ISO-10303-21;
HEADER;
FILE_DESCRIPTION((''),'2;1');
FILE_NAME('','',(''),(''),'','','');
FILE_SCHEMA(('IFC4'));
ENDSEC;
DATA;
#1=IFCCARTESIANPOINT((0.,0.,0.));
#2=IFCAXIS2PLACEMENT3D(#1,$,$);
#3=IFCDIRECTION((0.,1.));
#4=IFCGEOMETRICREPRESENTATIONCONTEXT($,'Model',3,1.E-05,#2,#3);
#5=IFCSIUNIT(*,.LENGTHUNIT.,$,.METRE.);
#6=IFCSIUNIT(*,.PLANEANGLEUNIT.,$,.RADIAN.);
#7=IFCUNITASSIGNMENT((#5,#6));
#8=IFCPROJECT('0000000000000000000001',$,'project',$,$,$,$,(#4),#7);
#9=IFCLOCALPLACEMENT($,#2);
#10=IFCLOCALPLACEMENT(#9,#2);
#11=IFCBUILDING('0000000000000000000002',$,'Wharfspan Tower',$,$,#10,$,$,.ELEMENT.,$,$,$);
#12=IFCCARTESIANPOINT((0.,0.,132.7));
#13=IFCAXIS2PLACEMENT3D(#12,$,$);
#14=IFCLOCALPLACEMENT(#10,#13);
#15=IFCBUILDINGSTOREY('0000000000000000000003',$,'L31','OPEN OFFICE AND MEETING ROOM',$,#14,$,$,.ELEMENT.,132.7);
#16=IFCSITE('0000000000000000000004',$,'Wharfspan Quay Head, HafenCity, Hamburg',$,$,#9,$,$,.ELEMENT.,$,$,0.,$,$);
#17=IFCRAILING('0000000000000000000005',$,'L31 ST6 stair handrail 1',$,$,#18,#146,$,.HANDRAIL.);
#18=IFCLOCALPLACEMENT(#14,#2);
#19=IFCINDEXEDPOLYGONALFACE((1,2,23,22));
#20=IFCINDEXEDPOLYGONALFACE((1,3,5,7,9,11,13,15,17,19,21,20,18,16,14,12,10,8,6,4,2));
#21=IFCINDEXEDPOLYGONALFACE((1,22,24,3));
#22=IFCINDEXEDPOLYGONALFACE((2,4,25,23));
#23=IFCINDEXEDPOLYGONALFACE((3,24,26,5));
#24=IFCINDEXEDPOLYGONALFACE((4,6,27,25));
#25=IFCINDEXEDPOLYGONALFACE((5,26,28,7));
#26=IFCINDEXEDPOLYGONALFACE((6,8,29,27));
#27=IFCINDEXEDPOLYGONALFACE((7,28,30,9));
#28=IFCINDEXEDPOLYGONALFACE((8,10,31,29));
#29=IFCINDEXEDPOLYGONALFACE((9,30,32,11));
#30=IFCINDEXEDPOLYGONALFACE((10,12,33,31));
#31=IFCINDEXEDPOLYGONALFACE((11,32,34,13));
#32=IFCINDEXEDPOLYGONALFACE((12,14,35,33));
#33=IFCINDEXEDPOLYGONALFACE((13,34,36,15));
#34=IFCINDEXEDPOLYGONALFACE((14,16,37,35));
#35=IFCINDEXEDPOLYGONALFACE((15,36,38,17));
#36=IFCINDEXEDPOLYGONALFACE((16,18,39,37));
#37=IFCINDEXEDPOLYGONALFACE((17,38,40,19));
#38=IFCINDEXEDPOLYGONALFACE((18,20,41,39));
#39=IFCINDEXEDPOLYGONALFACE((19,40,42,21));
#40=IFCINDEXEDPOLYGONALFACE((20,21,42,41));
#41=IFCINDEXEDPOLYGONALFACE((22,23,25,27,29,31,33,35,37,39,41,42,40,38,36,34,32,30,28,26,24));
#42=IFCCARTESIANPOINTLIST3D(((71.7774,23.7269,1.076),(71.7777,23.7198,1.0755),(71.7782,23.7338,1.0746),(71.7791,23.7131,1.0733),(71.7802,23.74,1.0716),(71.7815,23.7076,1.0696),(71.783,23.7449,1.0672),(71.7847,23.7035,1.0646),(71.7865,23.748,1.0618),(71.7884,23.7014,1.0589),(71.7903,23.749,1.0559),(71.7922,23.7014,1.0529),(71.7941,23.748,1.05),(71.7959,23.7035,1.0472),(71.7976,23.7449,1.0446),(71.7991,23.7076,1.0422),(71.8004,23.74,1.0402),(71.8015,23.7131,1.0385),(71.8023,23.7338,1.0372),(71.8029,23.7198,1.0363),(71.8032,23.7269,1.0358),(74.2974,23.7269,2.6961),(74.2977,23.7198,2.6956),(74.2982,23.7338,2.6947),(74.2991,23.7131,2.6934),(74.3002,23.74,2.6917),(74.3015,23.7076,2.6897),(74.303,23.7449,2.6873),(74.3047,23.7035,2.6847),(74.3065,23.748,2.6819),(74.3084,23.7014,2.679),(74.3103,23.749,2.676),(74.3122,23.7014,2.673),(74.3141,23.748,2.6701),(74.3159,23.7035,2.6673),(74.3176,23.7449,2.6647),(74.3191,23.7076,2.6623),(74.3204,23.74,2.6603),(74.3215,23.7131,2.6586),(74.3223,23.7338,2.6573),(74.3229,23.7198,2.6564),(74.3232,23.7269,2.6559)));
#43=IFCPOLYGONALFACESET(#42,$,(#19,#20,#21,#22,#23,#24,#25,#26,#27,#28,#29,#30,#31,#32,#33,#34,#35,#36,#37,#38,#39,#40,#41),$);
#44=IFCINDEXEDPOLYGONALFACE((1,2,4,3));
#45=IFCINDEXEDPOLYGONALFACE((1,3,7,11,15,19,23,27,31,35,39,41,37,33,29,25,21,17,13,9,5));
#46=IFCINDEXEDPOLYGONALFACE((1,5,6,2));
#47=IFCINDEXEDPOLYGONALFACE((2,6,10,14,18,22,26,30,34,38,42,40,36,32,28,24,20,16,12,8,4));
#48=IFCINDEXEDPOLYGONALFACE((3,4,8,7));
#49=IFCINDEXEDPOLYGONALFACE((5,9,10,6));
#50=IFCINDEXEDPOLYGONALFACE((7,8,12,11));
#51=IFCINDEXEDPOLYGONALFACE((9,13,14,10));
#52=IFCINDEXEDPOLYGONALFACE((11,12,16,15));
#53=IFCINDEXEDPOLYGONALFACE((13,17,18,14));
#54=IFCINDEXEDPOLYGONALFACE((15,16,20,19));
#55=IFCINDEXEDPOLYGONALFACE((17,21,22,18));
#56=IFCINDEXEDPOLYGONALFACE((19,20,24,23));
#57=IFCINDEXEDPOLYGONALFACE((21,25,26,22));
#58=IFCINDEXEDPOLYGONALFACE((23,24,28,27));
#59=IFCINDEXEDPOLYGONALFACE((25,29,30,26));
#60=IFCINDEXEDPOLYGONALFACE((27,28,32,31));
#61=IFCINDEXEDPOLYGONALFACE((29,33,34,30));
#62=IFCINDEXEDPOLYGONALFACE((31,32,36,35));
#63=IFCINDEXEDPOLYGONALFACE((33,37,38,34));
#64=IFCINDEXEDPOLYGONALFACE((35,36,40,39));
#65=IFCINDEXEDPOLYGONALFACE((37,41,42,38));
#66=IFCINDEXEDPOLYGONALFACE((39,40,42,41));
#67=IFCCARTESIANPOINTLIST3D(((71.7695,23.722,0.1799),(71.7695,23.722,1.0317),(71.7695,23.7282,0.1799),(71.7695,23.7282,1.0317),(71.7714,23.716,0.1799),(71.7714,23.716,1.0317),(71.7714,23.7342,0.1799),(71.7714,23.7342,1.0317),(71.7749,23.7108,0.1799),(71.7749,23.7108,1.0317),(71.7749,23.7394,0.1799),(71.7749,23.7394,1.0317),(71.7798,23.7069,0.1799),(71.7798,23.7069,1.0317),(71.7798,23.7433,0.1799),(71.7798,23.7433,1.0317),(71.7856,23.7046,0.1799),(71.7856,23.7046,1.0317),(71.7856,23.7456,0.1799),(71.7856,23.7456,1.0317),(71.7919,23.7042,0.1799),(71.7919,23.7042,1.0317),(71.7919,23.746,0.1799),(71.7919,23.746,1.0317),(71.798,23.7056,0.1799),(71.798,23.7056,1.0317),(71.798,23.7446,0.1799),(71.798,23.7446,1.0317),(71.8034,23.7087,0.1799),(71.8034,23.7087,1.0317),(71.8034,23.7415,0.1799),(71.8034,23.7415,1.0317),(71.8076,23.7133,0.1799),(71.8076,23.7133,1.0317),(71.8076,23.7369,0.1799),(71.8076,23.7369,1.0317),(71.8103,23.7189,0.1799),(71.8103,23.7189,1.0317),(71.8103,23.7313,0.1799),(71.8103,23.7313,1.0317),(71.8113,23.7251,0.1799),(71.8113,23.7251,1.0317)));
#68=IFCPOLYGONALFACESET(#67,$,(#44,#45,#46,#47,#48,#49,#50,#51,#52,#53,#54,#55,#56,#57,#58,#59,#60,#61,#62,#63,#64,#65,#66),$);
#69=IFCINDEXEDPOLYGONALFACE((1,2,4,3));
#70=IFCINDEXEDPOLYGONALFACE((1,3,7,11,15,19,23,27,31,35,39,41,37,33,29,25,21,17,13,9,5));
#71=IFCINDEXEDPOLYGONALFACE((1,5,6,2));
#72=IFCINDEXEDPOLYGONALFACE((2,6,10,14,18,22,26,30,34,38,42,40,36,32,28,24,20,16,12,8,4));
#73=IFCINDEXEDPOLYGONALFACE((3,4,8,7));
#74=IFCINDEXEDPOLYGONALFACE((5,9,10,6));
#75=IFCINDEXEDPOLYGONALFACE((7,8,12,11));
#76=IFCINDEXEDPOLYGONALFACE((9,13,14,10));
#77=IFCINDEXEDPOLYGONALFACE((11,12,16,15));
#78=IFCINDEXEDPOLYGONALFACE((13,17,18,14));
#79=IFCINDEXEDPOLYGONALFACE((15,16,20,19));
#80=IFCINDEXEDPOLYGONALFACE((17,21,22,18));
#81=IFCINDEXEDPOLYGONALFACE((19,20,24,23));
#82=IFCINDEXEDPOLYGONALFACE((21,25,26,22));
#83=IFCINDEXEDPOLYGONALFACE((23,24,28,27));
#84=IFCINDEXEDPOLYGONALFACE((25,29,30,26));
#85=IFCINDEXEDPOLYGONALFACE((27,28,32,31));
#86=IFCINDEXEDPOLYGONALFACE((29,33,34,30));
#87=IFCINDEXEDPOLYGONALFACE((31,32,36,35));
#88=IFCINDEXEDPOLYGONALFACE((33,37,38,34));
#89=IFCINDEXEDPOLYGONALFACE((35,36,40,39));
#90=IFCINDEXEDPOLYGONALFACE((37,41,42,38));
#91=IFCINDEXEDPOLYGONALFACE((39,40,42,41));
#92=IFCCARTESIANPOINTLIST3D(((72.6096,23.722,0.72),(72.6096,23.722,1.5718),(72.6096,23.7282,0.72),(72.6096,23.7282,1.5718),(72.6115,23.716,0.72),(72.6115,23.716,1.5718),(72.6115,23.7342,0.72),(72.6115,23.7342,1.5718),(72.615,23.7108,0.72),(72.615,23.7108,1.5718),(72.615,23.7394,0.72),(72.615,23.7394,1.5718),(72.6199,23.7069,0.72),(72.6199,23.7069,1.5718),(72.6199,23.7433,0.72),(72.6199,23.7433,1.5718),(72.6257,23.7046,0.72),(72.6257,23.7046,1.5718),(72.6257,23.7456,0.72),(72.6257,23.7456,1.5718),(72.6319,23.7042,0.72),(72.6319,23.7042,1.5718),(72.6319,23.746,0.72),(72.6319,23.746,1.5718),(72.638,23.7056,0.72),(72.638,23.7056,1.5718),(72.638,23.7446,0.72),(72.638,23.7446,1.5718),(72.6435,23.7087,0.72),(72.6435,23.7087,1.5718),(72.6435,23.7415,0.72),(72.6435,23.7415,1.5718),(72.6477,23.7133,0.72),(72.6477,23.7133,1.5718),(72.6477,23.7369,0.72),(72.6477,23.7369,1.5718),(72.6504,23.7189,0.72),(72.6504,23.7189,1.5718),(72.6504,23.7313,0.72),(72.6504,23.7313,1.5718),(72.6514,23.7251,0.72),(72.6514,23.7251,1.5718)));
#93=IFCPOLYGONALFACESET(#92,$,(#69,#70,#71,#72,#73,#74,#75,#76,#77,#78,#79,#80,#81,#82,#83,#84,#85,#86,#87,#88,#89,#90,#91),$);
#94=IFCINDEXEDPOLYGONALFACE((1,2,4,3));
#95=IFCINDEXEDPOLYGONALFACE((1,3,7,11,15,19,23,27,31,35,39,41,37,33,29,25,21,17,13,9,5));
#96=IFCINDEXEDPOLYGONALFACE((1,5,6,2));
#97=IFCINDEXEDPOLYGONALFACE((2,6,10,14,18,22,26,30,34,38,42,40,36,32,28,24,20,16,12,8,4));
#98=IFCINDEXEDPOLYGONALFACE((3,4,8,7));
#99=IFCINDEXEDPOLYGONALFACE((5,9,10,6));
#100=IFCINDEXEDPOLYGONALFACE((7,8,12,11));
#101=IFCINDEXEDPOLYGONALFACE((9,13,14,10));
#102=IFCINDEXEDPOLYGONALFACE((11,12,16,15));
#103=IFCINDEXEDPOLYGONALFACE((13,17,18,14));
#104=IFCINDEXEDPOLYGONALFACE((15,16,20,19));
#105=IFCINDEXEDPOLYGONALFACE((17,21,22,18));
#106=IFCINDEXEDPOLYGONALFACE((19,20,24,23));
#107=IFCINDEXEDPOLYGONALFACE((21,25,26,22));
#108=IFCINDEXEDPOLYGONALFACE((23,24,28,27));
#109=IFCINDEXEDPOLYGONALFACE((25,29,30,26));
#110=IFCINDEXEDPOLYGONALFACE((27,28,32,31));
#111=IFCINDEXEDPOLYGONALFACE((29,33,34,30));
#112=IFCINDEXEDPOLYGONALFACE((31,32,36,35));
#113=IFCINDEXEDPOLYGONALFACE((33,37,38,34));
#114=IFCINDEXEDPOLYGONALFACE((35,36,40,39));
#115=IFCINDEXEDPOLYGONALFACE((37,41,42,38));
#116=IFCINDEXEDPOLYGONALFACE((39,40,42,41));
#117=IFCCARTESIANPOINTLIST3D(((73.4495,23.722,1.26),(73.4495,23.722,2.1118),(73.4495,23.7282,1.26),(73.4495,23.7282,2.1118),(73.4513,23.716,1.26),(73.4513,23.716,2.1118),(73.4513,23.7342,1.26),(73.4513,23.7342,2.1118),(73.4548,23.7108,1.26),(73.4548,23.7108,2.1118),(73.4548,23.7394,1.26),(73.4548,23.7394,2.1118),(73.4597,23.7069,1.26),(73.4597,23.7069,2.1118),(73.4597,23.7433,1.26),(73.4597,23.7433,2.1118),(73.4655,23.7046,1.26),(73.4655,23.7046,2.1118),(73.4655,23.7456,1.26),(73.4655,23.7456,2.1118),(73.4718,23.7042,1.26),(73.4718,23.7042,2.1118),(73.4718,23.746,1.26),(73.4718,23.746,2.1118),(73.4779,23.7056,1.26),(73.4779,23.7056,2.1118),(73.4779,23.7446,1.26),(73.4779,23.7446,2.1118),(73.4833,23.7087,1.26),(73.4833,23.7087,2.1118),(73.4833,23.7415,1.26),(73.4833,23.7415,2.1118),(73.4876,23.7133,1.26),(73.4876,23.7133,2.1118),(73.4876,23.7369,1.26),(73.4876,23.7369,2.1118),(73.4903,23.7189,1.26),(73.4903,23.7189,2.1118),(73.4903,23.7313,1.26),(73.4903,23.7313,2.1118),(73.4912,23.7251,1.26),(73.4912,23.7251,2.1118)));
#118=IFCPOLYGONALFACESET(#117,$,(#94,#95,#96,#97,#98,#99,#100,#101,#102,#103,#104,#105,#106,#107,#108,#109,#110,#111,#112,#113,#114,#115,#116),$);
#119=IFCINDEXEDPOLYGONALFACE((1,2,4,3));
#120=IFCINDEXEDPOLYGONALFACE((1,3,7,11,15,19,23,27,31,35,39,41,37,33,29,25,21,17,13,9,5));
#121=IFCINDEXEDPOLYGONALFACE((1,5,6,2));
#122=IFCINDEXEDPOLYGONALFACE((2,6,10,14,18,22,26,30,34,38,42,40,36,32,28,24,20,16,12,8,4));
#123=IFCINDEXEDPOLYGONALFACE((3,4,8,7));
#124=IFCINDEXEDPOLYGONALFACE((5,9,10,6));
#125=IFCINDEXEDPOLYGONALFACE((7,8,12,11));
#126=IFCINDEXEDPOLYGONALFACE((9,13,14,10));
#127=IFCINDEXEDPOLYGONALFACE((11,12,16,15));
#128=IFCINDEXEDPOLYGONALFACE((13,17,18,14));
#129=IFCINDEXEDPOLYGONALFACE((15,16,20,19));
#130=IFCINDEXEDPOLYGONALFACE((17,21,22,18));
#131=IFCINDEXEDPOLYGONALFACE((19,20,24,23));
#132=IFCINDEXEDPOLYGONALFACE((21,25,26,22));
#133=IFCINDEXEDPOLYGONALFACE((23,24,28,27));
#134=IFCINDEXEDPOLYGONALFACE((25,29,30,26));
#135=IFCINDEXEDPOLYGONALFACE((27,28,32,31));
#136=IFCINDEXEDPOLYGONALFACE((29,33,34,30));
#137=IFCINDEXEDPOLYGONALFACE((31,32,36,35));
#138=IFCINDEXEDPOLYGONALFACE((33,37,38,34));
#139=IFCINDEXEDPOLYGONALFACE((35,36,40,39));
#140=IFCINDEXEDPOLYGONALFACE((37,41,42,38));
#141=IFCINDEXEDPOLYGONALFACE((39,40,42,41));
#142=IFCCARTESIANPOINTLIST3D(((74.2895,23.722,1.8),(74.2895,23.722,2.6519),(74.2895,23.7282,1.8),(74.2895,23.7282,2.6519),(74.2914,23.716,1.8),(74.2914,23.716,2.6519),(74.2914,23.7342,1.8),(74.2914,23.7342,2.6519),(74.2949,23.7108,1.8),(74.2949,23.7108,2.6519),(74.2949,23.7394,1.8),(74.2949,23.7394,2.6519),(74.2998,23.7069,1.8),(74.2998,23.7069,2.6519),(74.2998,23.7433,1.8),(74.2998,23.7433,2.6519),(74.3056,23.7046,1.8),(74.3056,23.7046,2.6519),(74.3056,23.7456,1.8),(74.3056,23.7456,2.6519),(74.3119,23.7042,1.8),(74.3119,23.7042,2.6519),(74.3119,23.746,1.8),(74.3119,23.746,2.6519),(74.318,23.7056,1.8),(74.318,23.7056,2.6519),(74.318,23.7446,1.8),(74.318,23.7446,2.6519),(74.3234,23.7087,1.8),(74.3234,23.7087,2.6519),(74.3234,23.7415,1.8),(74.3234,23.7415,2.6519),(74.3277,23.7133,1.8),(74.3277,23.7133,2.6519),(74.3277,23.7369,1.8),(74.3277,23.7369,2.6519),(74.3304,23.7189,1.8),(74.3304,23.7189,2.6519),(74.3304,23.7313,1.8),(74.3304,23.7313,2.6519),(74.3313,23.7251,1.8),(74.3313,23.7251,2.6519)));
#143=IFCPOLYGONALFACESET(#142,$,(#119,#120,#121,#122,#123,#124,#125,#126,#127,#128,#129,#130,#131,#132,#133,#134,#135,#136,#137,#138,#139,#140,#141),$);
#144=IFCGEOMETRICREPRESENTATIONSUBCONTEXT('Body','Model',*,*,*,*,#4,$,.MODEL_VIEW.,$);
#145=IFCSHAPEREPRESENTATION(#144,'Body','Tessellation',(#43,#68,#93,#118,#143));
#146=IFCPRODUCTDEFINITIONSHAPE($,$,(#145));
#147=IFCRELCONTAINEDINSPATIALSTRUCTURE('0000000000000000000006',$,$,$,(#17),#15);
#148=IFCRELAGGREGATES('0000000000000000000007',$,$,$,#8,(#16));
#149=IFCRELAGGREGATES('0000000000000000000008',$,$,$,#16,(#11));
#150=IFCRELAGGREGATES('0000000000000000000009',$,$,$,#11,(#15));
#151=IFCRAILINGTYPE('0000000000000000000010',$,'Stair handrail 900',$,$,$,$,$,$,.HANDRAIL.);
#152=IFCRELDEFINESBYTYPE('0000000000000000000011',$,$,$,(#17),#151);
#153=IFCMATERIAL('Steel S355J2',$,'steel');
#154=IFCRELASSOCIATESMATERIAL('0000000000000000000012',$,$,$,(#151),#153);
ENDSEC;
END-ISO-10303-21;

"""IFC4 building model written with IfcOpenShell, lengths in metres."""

from ifc_helpers import new_model, si_unit, direction, frame, origin, origin_2d, place, context, subcontext, project, spatial, circle, extrude, material, type_object, element, save


model = new_model("IFC4")

# Units and contexts
model_context = context("Model", 3, precision=1e-05, world=origin(), true_north=direction((0.0, 1.0)))
body_context = subcontext(model_context, "Body", "Model", "MODEL_VIEW")
ifc_project = project(units=[si_unit("LENGTHUNIT", "METRE"), si_unit("PLANEANGLEUNIT", "RADIAN")], contexts=[model_context])

# Site, building, storey
site_placement = place(None, origin())
site = spatial("IfcSite", under=ifc_project, at=site_placement, Name="Wharfspan Quay Head, HafenCity, Hamburg", CompositionType="ELEMENT", RefElevation=0.0)
building_placement = place(site_placement, origin())
building = spatial("IfcBuilding", under=site, at=building_placement, Name="Wharfspan Tower", CompositionType="ELEMENT")
storey_placement = place(building_placement, frame((0.0, 0.0, 132.7)))
storey = spatial("IfcBuildingStorey", under=building, at=storey_placement, Name="L31", Description="OPEN OFFICE AND MEETING ROOM", CompositionType="ELEMENT", Elevation=132.7)

# Shared definitions
ifc_material_1 = material(Name="Steel S355J2", Category="steel")

# Railing
railing_type = type_object("IfcRailingType", Name="Stair handrail 900", PredefinedType="HANDRAIL", material=ifc_material_1)
railing_placement = place(storey_placement, frame((71.7903, 23.7251, 0.1799)))
element("IfcRailing", 1, at=railing_placement, inside=storey, type_object=railing_type, Name="L31 ST6 stair handrail 1", PredefinedType="HANDRAIL", context=body_context, shape_type="SweptSolid", body=[
    extrude(circle(Radius=0.0239, at=origin_2d()), frame((0.0, 0.0, 0.876), z_axis=(0.841163, 0.0, 0.540782), x_axis=(0.0, 1.0, 0.0)), (0.0, 0.0, 1.0), 2.9958),
    extrude(circle(Radius=0.021, at=origin_2d()), origin(), (0.0, 0.0, 1.0), 0.8518),
    extrude(circle(Radius=0.021, at=origin_2d()), frame((0.8401, 0.0, 0.54)), (0.0, 0.0, 1.0), 0.8518),
    extrude(circle(Radius=0.021, at=origin_2d()), frame((1.6799, 0.0, 1.0801)), (0.0, 0.0, 1.0), 0.8518),
    extrude(circle(Radius=0.021, at=origin_2d()), frame((2.52, 0.0, 1.6201)), (0.0, 0.0, 1.0), 0.8518),
])

save(model, "model.ifc")
